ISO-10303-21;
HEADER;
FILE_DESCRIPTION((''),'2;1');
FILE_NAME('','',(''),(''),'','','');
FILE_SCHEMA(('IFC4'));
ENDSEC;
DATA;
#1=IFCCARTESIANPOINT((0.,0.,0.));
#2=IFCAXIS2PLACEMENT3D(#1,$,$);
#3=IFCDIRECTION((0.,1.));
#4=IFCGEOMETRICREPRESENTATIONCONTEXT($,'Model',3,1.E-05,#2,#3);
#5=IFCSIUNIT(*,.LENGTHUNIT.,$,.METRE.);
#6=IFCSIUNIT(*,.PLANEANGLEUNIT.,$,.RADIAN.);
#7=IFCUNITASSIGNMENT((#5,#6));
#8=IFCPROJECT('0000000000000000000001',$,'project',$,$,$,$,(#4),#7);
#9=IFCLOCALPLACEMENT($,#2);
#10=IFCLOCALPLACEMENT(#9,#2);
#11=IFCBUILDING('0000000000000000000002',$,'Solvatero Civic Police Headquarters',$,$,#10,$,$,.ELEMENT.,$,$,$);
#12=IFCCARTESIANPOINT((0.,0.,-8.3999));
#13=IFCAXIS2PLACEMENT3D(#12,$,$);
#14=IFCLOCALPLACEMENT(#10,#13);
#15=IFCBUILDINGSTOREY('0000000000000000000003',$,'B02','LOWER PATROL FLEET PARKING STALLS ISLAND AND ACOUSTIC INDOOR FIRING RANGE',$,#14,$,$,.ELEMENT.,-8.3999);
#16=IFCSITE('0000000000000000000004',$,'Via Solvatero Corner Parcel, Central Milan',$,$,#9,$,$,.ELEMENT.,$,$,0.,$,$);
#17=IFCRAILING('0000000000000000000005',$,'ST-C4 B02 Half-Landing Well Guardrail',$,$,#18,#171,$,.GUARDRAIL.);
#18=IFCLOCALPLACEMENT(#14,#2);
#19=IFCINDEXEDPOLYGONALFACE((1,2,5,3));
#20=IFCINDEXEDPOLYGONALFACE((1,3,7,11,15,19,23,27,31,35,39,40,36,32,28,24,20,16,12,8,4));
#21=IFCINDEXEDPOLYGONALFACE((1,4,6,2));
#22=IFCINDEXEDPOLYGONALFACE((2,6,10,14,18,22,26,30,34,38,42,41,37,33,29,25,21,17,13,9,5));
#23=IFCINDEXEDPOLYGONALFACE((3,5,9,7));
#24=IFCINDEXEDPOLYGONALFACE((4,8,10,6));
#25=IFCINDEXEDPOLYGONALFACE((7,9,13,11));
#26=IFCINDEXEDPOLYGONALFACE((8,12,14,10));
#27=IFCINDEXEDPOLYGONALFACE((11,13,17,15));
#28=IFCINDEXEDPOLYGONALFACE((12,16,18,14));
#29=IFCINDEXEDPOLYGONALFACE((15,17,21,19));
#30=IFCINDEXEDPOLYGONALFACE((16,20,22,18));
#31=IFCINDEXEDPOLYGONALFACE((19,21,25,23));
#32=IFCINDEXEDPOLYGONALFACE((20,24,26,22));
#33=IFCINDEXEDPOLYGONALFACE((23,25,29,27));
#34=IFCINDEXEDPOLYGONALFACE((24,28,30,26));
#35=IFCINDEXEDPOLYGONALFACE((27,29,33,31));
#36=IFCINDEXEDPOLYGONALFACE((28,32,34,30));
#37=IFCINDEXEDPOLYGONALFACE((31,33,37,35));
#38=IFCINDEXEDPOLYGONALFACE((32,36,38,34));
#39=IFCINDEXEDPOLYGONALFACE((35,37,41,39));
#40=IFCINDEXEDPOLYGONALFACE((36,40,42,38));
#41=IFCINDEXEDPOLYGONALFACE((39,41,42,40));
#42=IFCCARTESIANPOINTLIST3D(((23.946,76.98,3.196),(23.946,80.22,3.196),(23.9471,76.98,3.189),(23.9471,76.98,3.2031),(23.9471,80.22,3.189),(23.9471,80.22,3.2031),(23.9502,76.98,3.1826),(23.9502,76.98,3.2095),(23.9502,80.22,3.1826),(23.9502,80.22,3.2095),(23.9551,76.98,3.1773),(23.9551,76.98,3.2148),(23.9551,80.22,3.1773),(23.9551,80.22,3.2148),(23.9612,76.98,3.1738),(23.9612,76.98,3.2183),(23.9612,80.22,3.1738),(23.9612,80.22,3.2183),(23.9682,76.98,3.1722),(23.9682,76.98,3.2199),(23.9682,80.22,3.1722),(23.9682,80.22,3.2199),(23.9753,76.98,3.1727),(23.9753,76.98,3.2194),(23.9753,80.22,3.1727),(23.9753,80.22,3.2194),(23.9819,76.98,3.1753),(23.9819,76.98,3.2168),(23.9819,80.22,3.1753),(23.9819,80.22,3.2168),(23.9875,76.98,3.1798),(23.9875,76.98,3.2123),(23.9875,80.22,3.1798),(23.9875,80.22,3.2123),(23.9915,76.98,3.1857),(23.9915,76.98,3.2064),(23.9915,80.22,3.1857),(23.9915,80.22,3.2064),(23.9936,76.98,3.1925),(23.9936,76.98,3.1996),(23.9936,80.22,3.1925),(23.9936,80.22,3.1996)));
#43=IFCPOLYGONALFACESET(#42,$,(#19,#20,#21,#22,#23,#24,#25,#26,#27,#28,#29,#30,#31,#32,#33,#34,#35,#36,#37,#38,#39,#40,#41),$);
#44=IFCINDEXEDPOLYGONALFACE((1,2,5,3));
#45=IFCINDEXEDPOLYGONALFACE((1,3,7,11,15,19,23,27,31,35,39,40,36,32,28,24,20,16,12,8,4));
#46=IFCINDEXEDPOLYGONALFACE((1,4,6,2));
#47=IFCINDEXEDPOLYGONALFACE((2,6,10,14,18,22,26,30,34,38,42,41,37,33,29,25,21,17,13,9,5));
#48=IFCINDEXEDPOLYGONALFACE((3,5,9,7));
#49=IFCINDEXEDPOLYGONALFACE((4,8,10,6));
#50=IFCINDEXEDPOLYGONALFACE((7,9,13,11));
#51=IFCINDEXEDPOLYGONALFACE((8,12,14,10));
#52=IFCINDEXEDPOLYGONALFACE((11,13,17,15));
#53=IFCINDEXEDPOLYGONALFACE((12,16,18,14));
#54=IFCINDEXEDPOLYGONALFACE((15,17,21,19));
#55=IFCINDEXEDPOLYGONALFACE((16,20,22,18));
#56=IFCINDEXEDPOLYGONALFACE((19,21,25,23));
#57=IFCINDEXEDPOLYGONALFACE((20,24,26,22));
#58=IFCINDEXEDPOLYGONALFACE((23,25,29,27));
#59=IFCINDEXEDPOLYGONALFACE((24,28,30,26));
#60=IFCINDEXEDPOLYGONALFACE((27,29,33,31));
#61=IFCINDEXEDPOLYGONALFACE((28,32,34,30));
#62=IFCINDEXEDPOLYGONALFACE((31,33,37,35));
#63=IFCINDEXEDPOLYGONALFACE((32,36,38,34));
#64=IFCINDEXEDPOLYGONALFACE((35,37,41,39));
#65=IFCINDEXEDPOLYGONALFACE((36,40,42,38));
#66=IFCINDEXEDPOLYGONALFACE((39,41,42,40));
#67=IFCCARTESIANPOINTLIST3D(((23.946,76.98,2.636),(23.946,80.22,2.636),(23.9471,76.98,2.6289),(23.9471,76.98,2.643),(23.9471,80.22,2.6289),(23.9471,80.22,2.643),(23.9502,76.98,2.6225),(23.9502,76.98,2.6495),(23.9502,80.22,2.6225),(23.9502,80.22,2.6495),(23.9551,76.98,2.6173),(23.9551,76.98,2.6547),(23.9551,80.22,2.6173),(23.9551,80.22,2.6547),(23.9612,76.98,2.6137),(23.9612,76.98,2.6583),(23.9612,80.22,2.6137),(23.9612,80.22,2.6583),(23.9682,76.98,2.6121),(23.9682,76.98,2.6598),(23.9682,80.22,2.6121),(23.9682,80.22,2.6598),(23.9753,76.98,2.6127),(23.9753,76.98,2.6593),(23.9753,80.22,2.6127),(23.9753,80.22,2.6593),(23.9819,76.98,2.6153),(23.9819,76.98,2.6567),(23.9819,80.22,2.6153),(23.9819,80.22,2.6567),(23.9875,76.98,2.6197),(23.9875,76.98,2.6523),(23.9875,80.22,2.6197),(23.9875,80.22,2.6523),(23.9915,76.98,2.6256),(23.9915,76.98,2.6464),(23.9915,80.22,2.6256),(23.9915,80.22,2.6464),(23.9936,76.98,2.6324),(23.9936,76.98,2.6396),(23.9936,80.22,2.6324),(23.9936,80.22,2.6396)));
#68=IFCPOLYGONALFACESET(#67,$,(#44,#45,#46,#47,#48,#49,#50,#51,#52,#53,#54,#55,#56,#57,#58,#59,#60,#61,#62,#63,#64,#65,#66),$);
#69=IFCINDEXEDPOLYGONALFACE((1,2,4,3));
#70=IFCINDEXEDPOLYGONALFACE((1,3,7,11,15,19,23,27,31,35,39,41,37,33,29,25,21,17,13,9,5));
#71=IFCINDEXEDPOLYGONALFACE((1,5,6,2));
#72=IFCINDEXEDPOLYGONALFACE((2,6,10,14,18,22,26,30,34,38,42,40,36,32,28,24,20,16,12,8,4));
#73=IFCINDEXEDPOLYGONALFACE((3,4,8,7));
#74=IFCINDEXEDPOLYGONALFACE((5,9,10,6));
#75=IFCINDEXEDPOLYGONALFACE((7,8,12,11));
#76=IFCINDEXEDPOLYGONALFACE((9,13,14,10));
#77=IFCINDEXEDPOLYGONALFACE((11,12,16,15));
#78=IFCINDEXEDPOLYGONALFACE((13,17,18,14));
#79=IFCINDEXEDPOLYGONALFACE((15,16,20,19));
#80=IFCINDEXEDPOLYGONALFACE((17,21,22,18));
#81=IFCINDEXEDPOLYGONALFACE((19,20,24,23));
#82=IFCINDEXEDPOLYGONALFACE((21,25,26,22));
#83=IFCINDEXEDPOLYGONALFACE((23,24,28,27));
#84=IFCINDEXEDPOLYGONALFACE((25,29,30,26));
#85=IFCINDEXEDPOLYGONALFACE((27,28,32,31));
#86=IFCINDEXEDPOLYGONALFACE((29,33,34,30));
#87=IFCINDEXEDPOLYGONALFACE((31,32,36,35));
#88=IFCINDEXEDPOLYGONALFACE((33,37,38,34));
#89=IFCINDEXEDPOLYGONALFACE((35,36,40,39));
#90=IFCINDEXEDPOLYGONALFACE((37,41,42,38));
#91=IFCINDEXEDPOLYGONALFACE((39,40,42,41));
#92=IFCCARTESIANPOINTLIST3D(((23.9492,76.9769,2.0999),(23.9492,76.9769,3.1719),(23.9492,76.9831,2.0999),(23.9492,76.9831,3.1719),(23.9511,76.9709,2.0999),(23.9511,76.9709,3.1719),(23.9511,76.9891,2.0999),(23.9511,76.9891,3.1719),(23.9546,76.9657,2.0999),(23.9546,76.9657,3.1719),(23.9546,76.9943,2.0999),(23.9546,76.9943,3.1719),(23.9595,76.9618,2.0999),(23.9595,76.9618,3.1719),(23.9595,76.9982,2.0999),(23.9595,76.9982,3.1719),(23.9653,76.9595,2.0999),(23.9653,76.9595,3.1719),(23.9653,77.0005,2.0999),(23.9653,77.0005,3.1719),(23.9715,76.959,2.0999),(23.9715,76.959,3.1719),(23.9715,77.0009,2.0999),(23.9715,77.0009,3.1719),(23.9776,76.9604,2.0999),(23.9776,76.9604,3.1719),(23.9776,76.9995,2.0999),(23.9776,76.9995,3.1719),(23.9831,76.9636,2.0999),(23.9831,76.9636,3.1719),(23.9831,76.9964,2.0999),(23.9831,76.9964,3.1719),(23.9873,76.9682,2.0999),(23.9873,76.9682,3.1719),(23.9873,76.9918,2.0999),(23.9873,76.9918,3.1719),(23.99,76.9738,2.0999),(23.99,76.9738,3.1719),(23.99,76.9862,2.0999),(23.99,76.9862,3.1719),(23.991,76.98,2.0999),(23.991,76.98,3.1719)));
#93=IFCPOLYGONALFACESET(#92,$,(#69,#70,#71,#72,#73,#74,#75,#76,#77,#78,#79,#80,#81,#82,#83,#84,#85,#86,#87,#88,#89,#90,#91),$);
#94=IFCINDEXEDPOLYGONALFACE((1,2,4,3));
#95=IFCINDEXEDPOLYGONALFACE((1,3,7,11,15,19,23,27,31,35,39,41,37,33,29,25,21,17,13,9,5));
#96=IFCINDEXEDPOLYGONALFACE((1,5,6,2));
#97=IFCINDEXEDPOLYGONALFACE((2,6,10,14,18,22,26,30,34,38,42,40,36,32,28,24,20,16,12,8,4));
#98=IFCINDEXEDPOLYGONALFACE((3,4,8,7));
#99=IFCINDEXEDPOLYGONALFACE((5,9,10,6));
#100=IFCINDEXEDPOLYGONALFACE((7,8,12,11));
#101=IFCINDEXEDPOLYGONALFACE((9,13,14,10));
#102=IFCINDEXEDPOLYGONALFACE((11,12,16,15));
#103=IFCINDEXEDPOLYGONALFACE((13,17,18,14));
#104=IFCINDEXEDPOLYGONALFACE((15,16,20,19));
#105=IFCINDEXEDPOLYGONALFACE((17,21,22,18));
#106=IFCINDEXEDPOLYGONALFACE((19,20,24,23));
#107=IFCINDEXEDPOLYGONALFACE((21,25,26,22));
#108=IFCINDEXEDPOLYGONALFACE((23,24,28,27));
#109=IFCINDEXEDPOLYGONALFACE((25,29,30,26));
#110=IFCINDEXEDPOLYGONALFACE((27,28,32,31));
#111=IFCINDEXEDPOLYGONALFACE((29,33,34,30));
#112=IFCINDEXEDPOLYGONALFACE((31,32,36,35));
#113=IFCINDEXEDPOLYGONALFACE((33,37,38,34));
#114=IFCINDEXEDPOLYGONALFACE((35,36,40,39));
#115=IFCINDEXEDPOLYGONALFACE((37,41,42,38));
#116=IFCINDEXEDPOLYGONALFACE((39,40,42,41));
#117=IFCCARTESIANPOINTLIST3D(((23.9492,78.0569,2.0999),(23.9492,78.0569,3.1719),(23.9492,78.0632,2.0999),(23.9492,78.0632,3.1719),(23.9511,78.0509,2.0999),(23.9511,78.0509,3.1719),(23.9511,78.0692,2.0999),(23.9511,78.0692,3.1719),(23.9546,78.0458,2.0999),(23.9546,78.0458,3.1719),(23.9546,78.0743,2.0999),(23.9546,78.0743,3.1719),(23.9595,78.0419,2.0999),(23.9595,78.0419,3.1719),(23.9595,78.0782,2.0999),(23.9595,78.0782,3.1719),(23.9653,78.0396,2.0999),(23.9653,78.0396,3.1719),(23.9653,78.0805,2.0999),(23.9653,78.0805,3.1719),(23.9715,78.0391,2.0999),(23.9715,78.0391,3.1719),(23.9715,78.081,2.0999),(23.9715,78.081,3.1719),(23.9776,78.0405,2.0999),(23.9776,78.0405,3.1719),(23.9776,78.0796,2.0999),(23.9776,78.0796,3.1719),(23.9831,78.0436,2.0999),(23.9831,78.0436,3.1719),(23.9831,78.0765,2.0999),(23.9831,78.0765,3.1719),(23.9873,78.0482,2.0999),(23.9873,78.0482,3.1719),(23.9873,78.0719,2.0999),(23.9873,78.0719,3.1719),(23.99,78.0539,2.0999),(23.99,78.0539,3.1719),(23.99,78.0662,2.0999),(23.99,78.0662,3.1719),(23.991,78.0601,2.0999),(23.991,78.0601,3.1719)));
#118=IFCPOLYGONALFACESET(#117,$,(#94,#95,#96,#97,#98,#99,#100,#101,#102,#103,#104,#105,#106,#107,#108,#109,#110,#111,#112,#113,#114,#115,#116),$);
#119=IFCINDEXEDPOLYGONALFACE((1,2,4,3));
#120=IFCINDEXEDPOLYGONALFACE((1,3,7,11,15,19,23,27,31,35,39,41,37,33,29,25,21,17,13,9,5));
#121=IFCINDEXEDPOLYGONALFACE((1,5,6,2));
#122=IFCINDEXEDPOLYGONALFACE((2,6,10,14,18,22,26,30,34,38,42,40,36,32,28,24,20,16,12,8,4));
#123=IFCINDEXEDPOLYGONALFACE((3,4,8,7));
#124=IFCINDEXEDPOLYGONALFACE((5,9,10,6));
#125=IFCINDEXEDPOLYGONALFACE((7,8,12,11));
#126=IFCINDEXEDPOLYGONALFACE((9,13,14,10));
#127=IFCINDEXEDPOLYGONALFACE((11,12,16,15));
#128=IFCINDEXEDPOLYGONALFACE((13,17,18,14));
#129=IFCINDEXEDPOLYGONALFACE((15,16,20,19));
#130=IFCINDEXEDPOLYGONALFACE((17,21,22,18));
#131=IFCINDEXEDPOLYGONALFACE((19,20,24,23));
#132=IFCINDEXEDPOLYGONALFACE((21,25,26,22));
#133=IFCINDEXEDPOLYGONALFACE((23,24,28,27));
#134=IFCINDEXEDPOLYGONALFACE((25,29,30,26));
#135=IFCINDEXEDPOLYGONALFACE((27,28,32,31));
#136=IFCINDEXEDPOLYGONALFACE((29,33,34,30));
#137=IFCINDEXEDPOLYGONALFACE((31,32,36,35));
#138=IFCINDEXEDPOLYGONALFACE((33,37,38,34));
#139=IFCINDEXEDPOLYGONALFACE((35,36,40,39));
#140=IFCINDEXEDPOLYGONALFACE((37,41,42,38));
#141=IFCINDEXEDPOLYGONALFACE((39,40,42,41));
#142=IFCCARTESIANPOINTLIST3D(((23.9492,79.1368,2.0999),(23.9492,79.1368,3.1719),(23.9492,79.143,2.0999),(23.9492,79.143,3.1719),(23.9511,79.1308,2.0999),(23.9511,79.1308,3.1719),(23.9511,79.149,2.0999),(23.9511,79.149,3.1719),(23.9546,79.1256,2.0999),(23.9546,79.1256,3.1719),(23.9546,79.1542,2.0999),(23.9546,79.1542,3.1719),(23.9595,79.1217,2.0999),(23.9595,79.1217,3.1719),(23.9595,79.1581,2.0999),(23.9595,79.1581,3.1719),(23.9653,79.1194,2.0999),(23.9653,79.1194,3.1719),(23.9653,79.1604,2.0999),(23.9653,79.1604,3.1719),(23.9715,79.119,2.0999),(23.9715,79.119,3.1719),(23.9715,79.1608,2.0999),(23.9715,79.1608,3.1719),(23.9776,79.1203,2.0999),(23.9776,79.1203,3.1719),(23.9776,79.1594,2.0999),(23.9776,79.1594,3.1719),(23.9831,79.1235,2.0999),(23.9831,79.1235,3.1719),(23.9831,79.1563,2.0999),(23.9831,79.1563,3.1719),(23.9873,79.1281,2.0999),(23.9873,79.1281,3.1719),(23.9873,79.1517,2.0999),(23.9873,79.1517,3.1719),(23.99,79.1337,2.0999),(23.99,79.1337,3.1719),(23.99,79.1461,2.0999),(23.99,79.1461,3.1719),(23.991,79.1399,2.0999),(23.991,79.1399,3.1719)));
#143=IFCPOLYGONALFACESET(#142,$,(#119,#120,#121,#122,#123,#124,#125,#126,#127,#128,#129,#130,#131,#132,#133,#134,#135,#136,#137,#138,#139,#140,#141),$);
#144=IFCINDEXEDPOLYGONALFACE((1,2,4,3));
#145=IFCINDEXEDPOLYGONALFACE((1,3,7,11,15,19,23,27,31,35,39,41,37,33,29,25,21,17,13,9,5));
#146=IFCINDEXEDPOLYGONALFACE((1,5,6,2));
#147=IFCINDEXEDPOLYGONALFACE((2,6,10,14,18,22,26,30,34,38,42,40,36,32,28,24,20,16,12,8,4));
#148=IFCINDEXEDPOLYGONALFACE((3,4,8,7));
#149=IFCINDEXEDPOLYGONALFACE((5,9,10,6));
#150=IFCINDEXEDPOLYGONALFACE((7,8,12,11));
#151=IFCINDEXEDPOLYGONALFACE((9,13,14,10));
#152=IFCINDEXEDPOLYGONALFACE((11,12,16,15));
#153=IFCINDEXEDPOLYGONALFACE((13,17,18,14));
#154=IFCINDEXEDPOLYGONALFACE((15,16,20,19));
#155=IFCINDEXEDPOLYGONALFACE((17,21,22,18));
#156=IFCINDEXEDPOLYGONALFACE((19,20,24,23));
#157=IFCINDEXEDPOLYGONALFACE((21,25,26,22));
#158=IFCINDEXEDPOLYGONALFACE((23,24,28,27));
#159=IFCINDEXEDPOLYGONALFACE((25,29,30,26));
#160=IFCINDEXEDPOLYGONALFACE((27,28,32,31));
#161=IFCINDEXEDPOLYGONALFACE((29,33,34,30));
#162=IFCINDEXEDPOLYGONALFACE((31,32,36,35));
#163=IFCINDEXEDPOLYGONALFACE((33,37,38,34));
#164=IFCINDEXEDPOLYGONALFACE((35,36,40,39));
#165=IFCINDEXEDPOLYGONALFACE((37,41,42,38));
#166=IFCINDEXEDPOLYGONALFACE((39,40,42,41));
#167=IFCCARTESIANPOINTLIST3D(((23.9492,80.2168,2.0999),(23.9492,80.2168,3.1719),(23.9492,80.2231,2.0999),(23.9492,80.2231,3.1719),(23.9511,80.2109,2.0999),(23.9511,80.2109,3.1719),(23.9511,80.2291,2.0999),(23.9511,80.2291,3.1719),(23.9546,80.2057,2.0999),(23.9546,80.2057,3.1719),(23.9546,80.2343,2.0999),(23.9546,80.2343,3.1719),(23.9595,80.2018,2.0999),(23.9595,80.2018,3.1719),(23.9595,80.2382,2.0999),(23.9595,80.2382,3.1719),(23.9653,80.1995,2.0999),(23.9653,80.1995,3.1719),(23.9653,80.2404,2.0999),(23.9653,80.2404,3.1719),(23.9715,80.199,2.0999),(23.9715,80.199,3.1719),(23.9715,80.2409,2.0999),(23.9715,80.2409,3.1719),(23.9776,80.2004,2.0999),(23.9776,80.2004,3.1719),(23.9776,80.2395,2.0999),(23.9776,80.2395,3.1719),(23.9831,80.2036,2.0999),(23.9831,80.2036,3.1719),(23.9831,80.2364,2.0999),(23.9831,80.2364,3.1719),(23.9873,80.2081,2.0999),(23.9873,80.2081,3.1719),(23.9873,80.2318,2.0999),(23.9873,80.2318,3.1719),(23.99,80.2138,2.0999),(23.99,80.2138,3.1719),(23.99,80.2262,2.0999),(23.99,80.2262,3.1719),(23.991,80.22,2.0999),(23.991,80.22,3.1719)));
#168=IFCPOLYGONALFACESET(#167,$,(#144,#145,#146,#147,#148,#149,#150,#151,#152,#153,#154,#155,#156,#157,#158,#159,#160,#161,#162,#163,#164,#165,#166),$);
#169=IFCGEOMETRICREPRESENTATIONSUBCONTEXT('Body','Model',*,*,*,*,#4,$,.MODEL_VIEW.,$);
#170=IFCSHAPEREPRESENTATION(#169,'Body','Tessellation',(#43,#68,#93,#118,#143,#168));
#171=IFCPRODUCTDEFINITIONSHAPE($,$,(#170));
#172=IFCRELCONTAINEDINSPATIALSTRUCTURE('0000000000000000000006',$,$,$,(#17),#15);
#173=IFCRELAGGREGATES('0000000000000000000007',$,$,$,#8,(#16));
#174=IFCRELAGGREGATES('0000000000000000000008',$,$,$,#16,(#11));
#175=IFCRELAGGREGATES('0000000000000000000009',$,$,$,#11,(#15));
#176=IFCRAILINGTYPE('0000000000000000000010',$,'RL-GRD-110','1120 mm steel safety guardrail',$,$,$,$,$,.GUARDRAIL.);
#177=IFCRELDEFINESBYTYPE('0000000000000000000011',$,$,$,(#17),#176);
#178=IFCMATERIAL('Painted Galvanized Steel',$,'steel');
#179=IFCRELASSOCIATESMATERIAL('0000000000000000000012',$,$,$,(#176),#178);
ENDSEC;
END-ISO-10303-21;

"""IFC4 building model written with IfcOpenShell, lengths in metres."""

from ifc_helpers import new_model, si_unit, direction, frame, origin, origin_2d, place, context, subcontext, project, spatial, circle, extrude, material, type_object, element, save


model = new_model("IFC4")

# Units and contexts
model_context = context("Model", 3, precision=1e-05, world=origin(), true_north=direction((0.0, 1.0)))
body_context = subcontext(model_context, "Body", "Model", "MODEL_VIEW")
ifc_project = project(units=[si_unit("LENGTHUNIT", "METRE"), si_unit("PLANEANGLEUNIT", "RADIAN")], contexts=[model_context])

# Site, building, storey
site_placement = place(None, origin())
site = spatial("IfcSite", under=ifc_project, at=site_placement, Name="Via Solvatero Corner Parcel, Central Milan", CompositionType="ELEMENT", RefElevation=0.0)
building_placement = place(site_placement, origin())
building = spatial("IfcBuilding", under=site, at=building_placement, Name="Solvatero Civic Police Headquarters", CompositionType="ELEMENT")
storey_placement = place(building_placement, frame((0.0, 0.0, -8.3999)))
storey = spatial("IfcBuildingStorey", under=building, at=storey_placement, Name="B02", Description="LOWER PATROL FLEET PARKING STALLS ISLAND AND ACOUSTIC INDOOR FIRING RANGE", CompositionType="ELEMENT", Elevation=-8.3999)

# Railing
ifc_material_1 = material(Name="Painted Galvanized Steel", Category="steel")
railing_type_1 = type_object("IfcRailingType", Name="RL-GRD-110", Description="1120 mm steel safety guardrail", PredefinedType="GUARDRAIL", material=ifc_material_1)
railing_1_placement = place(storey_placement, frame((23.97, 76.98, 2.0999)))
element("IfcRailing", 1, at=railing_1_placement, inside=storey, type_object=railing_type_1, Name="ST-C4 B02 Half-Landing Well Guardrail", PredefinedType="GUARDRAIL", context=body_context, shape_type="SweptSolid", body=[
    extrude(circle(Radius=0.0239, at=origin_2d()), frame((0.0, 0.0, 1.0962), z_axis=(0.0, 1.0, 0.0), x_axis=(-1.0, 0.0, 0.0)), (0.0, 0.0, 1.0), 3.24),
    extrude(circle(Radius=0.0239, at=origin_2d()), frame((0.0, 0.0, 0.5361), z_axis=(0.0, 1.0, 0.0), x_axis=(-1.0, 0.0, 0.0)), (0.0, 0.0, 1.0), 3.24),
    extrude(circle(Radius=0.021, at=origin_2d()), origin(), (0.0, 0.0, 1.0), 1.072),
    extrude(circle(Radius=0.021, at=origin_2d()), frame((0.0, 1.0801, 0.0)), (0.0, 0.0, 1.0), 1.072),
    extrude(circle(Radius=0.021, at=origin_2d()), frame((0.0, 2.1599, 0.0)), (0.0, 0.0, 1.0), 1.072),
    extrude(circle(Radius=0.021, at=origin_2d()), frame((0.0, 3.24, 0.0)), (0.0, 0.0, 1.0), 1.072),
])

save(model, "model.ifc")
